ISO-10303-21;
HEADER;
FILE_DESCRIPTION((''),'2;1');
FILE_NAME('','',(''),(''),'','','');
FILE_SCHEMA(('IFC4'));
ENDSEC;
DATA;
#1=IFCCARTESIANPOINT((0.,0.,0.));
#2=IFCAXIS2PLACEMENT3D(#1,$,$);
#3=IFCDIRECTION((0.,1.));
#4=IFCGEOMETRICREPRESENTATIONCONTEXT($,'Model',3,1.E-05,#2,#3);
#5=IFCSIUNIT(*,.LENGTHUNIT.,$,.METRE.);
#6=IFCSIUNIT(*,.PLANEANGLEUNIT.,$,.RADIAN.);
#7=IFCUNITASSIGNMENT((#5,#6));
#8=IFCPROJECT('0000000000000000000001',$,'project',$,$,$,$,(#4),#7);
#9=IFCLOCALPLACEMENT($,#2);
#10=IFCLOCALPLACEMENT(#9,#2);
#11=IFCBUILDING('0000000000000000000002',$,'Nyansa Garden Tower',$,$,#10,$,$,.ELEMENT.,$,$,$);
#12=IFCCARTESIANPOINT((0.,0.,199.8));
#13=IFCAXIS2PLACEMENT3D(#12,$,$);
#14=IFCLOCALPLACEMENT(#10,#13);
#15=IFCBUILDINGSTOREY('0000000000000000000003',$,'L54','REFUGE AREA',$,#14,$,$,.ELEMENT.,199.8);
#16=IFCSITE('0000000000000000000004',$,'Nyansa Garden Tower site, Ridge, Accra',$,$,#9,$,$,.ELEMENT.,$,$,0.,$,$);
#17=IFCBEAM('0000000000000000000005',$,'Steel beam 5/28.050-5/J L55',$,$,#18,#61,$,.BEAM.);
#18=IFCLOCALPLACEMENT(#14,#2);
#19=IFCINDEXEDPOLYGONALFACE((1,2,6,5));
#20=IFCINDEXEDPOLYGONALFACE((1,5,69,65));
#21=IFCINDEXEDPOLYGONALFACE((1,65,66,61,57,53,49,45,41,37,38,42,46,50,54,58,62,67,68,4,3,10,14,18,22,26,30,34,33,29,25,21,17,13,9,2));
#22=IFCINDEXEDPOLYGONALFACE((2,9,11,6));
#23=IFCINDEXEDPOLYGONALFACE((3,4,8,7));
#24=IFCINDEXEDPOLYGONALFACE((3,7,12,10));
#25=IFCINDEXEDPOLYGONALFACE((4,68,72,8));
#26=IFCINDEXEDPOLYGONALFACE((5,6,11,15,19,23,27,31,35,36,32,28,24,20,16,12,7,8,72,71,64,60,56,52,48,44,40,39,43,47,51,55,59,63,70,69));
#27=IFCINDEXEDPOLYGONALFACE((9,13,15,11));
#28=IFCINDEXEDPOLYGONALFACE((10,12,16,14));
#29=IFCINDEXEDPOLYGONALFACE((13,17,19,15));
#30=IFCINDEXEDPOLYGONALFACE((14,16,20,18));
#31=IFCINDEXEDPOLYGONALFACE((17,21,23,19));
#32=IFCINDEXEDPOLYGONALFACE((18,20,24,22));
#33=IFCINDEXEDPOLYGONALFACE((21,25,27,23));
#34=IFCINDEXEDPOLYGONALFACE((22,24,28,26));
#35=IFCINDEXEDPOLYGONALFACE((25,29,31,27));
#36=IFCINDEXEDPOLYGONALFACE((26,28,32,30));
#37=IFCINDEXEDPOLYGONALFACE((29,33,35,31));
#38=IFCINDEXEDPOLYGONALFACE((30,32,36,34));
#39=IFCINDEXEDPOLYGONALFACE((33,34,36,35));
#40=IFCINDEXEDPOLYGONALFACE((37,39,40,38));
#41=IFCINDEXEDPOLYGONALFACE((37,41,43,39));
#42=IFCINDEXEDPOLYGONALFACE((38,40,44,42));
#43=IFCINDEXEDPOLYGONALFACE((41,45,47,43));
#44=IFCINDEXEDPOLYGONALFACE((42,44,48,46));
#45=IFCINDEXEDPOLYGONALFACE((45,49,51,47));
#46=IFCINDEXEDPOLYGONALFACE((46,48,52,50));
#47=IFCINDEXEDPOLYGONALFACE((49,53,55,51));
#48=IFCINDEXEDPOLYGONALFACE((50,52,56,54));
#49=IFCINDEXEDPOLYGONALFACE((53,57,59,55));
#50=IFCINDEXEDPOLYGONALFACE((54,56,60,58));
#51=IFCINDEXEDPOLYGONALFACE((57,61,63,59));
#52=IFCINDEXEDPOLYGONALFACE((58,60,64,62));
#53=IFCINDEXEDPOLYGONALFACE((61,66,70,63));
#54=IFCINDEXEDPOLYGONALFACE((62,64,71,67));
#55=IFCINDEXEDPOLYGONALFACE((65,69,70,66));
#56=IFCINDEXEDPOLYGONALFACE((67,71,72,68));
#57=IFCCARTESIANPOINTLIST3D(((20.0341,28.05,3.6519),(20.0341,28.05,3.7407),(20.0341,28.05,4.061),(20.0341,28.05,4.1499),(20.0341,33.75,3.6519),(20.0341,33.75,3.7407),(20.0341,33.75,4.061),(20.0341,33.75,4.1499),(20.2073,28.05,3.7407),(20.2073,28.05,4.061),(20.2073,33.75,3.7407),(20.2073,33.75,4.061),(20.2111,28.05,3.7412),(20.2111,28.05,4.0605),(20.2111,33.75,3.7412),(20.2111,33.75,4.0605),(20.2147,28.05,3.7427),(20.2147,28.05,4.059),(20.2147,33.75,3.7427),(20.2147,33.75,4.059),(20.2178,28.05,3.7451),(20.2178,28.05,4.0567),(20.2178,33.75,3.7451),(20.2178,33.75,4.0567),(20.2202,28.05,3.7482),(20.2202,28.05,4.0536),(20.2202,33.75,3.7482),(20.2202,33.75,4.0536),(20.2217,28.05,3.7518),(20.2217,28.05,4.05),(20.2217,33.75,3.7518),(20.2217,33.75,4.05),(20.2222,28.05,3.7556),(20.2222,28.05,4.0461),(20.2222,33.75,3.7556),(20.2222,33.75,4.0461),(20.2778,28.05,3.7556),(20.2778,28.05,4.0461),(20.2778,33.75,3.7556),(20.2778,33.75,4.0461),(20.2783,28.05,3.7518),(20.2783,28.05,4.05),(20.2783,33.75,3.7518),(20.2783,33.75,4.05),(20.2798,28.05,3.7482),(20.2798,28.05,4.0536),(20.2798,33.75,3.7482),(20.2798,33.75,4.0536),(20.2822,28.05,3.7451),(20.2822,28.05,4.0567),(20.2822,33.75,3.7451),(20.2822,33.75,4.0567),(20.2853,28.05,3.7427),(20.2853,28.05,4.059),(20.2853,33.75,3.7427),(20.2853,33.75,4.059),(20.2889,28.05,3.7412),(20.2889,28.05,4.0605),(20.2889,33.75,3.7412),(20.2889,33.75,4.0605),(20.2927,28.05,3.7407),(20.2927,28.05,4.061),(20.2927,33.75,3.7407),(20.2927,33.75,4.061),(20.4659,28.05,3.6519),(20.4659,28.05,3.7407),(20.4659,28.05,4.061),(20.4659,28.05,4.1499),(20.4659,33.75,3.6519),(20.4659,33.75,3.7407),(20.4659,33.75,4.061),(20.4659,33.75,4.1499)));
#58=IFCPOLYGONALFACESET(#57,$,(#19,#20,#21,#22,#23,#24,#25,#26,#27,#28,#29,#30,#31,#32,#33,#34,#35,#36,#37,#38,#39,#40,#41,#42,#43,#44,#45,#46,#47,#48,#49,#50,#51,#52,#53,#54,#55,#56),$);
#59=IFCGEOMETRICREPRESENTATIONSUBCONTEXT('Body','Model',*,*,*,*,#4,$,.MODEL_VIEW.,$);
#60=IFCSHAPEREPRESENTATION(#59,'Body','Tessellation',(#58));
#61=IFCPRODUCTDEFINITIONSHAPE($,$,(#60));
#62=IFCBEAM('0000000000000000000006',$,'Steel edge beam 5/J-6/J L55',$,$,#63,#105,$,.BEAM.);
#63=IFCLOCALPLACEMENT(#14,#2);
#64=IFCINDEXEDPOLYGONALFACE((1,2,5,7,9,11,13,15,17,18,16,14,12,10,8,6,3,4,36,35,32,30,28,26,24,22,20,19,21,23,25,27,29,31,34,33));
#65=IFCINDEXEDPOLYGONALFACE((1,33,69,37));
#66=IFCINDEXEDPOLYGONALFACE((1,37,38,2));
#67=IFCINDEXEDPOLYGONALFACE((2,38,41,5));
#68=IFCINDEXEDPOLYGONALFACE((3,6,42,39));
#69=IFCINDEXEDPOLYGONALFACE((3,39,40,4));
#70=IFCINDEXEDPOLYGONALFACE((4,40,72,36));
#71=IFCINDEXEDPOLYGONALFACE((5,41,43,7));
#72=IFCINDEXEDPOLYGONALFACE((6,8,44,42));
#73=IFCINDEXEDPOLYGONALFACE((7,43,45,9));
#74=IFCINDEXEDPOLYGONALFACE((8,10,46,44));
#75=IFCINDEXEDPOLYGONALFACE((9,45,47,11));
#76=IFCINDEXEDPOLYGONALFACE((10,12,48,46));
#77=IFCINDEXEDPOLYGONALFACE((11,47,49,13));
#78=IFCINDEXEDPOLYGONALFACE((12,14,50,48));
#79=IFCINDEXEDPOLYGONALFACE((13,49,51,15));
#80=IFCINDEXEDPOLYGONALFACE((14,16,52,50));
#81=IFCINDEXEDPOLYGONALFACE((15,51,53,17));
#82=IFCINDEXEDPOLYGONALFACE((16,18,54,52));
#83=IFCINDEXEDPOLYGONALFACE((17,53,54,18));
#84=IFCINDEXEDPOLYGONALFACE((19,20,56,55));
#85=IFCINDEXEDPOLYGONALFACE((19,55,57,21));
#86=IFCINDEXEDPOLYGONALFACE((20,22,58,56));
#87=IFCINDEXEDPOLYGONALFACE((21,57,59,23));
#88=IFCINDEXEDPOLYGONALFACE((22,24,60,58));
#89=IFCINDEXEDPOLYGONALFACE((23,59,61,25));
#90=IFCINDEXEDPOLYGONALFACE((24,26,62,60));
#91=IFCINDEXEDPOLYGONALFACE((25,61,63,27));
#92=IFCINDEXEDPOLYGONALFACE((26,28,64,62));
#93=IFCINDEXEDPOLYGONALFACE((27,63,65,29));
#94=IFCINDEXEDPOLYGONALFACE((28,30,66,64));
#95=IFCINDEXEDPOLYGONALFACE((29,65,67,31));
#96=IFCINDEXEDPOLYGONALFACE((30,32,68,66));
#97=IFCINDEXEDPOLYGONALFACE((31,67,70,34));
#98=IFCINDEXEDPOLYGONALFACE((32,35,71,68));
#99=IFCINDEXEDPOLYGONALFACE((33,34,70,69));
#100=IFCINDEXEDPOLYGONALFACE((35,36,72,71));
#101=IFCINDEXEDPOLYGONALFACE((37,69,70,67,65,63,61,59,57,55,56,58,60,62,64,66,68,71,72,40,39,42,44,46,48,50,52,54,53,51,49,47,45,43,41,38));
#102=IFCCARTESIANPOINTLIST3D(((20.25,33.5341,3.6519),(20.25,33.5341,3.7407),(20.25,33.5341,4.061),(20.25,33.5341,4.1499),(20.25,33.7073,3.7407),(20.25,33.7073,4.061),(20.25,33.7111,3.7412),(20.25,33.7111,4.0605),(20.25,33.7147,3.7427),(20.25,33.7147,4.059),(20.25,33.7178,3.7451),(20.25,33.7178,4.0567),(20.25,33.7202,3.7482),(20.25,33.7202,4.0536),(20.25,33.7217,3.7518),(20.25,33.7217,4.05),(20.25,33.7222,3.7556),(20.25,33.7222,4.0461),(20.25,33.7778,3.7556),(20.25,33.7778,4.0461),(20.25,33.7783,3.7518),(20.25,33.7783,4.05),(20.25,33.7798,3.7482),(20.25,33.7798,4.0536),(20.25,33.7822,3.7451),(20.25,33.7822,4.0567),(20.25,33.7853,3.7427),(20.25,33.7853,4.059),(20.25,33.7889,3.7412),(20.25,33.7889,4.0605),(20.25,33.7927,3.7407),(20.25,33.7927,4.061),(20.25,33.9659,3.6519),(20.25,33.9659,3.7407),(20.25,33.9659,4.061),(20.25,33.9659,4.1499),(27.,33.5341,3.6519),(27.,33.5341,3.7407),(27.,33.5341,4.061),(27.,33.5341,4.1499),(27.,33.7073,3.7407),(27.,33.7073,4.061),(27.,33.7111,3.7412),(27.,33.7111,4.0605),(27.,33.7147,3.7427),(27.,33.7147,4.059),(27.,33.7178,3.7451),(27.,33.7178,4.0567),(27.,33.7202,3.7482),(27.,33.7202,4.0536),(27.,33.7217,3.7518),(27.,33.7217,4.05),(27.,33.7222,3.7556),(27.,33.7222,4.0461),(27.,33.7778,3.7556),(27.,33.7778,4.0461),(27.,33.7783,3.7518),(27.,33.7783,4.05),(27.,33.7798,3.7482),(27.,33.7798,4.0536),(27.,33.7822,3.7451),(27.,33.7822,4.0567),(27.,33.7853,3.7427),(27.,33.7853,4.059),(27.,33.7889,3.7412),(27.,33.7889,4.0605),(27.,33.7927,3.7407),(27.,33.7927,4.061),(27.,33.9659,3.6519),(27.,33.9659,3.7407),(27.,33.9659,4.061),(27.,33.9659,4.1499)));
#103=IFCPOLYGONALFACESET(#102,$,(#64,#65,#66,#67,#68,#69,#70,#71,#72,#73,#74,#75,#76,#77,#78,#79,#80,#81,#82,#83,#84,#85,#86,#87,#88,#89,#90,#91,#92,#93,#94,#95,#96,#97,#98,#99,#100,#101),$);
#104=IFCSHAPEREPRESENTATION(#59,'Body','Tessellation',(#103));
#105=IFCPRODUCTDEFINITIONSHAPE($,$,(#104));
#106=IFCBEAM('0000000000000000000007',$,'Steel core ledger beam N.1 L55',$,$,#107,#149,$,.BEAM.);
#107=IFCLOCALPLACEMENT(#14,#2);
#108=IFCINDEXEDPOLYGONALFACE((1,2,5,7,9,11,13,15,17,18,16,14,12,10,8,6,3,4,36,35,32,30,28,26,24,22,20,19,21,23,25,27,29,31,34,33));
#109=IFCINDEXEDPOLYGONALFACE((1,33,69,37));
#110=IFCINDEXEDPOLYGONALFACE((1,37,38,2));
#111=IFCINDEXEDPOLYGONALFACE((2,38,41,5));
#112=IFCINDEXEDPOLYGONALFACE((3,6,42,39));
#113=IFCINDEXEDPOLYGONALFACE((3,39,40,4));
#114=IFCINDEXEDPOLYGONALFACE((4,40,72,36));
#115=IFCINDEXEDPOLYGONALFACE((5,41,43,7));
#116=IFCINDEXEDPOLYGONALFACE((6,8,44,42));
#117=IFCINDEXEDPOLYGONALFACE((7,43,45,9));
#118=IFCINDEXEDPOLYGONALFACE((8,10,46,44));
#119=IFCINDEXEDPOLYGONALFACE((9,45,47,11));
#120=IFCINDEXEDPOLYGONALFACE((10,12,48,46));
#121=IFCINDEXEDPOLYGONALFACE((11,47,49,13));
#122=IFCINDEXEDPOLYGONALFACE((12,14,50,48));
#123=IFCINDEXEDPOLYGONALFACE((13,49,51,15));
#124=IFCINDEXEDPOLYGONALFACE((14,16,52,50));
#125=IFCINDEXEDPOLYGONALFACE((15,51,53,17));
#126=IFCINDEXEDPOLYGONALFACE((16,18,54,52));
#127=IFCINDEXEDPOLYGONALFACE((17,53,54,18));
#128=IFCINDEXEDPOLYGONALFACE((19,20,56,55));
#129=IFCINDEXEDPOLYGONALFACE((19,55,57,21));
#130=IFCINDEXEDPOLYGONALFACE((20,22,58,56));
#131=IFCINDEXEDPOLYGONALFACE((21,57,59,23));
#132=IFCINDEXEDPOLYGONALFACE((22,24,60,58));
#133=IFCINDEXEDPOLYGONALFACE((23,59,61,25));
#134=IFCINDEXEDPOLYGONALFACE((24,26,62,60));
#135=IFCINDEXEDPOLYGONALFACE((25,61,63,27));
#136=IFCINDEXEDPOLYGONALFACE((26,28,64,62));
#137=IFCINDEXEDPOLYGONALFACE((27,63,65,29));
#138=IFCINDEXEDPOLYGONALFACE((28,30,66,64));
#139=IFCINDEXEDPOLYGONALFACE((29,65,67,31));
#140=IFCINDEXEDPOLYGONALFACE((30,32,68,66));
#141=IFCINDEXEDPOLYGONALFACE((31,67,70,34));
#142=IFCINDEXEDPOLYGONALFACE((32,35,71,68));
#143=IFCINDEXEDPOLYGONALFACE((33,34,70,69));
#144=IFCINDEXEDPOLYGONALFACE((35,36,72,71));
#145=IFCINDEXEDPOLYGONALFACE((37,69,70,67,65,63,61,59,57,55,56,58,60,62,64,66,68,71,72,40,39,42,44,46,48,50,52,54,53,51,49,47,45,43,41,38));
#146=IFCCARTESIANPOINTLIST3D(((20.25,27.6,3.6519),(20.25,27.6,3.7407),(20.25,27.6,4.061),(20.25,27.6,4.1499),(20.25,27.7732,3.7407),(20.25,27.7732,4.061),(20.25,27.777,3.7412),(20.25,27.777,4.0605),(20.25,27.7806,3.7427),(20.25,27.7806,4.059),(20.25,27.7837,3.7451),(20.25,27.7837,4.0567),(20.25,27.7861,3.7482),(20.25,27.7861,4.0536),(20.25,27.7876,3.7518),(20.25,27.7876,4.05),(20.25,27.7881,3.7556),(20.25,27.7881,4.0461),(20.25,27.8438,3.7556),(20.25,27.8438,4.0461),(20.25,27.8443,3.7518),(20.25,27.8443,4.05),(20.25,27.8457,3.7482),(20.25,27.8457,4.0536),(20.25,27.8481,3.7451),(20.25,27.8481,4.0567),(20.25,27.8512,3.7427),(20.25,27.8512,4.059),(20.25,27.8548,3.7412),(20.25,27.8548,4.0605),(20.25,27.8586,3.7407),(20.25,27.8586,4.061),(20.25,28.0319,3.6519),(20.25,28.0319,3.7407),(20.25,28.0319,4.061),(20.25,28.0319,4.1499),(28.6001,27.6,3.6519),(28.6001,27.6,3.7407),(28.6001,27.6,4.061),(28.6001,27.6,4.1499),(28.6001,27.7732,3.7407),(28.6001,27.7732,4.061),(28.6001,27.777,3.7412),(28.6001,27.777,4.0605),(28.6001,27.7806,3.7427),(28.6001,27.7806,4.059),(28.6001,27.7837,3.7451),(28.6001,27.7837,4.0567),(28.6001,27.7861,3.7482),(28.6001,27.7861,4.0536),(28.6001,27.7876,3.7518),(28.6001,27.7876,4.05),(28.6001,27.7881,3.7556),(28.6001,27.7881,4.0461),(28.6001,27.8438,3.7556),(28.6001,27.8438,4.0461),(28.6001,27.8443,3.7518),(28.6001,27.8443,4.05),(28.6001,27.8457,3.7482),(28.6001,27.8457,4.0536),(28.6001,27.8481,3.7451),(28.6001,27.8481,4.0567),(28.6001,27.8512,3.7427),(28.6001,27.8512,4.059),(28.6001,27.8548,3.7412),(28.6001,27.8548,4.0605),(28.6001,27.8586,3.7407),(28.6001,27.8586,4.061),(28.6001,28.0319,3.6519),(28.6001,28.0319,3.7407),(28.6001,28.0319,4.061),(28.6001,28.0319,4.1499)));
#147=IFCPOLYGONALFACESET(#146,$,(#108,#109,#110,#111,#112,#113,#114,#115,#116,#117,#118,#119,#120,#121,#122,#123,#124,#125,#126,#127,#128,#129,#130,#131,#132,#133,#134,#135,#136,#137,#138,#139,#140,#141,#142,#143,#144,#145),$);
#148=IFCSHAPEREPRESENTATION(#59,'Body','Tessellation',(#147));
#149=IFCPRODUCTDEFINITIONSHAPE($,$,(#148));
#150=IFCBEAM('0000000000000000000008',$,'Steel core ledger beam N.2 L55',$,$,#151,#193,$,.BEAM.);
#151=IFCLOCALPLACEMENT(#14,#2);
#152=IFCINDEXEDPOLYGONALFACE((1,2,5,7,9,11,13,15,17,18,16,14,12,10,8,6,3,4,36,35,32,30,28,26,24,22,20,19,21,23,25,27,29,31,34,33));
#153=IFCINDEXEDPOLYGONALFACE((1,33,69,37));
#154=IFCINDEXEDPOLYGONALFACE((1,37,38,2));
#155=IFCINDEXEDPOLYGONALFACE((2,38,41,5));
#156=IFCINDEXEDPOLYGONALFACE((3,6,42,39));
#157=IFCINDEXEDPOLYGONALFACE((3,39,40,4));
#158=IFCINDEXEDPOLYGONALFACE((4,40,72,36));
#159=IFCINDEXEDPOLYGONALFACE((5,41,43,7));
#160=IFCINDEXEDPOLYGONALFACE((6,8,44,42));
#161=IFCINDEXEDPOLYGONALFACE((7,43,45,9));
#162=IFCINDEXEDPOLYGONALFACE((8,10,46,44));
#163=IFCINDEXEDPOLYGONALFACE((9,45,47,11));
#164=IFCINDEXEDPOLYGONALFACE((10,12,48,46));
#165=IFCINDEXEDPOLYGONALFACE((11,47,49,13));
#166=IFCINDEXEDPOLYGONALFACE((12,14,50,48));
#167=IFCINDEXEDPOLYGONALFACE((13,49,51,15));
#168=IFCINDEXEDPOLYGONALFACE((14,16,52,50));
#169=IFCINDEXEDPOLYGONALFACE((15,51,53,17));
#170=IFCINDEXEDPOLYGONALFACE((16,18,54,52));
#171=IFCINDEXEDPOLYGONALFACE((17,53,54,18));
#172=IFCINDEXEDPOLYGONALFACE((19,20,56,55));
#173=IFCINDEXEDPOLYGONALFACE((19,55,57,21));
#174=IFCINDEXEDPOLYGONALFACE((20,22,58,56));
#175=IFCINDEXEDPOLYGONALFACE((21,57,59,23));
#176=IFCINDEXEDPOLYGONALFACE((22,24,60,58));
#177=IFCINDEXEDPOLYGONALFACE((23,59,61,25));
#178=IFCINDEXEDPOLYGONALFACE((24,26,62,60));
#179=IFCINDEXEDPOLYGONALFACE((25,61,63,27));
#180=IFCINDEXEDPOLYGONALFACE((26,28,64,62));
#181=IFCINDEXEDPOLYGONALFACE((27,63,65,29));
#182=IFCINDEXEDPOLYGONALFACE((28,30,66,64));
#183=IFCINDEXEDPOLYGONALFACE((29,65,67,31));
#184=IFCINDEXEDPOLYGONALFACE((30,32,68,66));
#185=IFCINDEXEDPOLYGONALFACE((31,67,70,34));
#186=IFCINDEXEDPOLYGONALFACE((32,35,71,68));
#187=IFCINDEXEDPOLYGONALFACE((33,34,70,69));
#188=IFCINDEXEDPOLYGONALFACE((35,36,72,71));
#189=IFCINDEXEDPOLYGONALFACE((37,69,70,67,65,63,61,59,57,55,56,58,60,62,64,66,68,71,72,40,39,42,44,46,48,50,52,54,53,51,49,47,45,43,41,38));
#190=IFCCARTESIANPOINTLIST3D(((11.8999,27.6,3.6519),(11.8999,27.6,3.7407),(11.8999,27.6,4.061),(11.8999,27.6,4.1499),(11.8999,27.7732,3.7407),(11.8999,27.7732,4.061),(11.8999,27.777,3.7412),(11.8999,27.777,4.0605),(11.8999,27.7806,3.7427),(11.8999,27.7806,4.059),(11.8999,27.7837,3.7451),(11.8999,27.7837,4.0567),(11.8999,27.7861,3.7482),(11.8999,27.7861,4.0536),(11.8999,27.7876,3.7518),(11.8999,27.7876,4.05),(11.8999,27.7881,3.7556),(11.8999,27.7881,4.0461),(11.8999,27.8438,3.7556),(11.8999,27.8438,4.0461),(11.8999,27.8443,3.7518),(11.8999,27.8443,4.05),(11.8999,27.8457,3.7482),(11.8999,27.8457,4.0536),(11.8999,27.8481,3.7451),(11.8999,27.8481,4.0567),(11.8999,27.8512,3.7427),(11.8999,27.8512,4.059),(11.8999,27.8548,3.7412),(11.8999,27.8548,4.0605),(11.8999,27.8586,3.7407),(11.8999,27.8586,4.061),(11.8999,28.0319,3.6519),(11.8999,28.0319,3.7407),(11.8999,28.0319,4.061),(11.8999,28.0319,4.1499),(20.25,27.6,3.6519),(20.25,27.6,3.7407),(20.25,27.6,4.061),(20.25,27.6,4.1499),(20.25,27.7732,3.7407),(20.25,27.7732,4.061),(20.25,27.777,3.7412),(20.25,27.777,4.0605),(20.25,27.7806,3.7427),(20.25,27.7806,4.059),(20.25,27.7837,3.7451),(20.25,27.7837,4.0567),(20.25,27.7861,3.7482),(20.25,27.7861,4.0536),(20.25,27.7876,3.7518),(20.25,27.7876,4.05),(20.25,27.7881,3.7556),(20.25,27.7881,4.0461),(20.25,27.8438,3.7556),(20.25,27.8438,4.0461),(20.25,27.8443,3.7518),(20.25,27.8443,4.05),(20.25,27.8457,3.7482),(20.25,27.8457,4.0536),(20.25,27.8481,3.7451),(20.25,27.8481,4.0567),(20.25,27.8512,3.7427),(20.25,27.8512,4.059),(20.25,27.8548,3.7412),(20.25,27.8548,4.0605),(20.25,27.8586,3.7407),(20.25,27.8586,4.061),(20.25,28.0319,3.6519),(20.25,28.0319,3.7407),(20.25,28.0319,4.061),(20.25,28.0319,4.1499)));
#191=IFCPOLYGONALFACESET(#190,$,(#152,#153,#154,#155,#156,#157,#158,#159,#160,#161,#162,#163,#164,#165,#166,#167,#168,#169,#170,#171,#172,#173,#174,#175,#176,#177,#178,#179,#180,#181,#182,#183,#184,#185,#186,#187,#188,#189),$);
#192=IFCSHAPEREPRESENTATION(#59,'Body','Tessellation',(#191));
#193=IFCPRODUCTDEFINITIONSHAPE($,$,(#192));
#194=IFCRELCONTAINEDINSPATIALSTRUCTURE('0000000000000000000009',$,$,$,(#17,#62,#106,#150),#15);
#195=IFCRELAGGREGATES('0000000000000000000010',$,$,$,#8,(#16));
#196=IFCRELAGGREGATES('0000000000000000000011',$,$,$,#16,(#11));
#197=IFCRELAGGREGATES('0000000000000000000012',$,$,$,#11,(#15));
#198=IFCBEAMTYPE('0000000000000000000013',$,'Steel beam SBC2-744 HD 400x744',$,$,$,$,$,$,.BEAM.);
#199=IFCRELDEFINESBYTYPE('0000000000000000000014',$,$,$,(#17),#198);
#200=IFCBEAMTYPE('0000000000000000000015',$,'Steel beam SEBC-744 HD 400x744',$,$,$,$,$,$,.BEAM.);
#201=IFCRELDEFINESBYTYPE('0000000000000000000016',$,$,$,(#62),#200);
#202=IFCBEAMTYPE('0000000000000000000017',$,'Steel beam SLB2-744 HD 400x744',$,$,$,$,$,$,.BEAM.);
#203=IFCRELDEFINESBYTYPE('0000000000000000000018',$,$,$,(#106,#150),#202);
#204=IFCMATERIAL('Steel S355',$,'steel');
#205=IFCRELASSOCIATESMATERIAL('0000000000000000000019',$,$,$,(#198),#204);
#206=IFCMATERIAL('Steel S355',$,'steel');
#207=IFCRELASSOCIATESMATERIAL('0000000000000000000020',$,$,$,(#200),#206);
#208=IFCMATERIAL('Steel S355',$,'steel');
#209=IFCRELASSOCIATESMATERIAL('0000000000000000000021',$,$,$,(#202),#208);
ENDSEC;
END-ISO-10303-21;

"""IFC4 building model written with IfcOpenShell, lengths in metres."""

from ifc_helpers import new_model, si_unit, direction, frame, origin, origin_2d, place, context, subcontext, project, spatial, i_section, extrude, material, material_profile, profile_set, type_object, element, save


model = new_model("IFC4")

# Units and contexts
model_context = context("Model", 3, precision=1e-05, world=origin(), true_north=direction((0.0, 1.0)))
body_context = subcontext(model_context, "Body", "Model", "MODEL_VIEW")
ifc_project = project(units=[si_unit("LENGTHUNIT", "METRE"), si_unit("PLANEANGLEUNIT", "RADIAN")], contexts=[model_context])

# Site, building, storey
site_placement = place(None, origin())
site = spatial("IfcSite", under=ifc_project, at=site_placement, Name="Nyansa Garden Tower site, Ridge, Accra", CompositionType="ELEMENT", RefElevation=0.0)
building_placement = place(site_placement, origin())
building = spatial("IfcBuilding", under=site, at=building_placement, Name="Nyansa Garden Tower", CompositionType="ELEMENT")
storey_placement = place(building_placement, frame((0.0, 0.0, 199.8)))
storey = spatial("IfcBuildingStorey", under=building, at=storey_placement, Name="L54", Description="REFUGE AREA", CompositionType="ELEMENT", Elevation=199.8)

# Beams
ifc_material_1 = material(Name="Steel S355", Category="steel")
ifc_material_profile_1 = material_profile(ifc_material_1, i_section(OverallWidth=0.4319, OverallDepth=0.498, WebThickness=0.0557, FlangeThickness=0.0889, FilletRadius=0.0149, at=origin_2d()), Name="HD 400x744")
ifc_profile_set_1 = profile_set([ifc_material_profile_1], Name="Steel S355")
beam_type_1 = type_object("IfcBeamType", Name="Steel beam SBC2-744 HD 400x744", PredefinedType="BEAM", material=ifc_profile_set_1)
beam_1_placement = place(storey_placement, frame((20.25, 28.05, 3.9009), z_axis=(0.0, 1.0, 0.0), x_axis=(-1.0, 0.0, 0.0)))
element("IfcBeam", 1, at=beam_1_placement, inside=storey, type_object=beam_type_1, Name="Steel beam 5/28.050-5/J L55", PredefinedType="BEAM", context=body_context, shape_type="SweptSolid", body=[
    extrude(i_section(OverallWidth=0.4319, OverallDepth=0.498, WebThickness=0.0557, FlangeThickness=0.0889, FilletRadius=0.0149, at=origin_2d()), origin(), (0.0, 0.0, 1.0), 5.7),
])
ifc_material_2 = material(Name="Steel S355", Category="steel")
ifc_material_profile_2 = material_profile(ifc_material_2, i_section(OverallWidth=0.4319, OverallDepth=0.498, WebThickness=0.0557, FlangeThickness=0.0889, FilletRadius=0.0149, at=origin_2d()), Name="HD 400x744")
ifc_profile_set_2 = profile_set([ifc_material_profile_2], Name="Steel S355")
beam_type_2 = type_object("IfcBeamType", Name="Steel beam SEBC-744 HD 400x744", PredefinedType="BEAM", material=ifc_profile_set_2)
beam_2_placement = place(storey_placement, frame((20.25, 33.75, 3.9009), z_axis=(1.0, 0.0, 0.0), x_axis=(0.0, 1.0, 0.0)))
element("IfcBeam", 2, at=beam_2_placement, inside=storey, type_object=beam_type_2, Name="Steel edge beam 5/J-6/J L55", PredefinedType="BEAM", context=body_context, shape_type="SweptSolid", body=[
    extrude(i_section(OverallWidth=0.4319, OverallDepth=0.498, WebThickness=0.0557, FlangeThickness=0.0889, FilletRadius=0.0149, at=origin_2d()), origin(), (0.0, 0.0, 1.0), 6.75),
])
ifc_material_3 = material(Name="Steel S355", Category="steel")
ifc_material_profile_3 = material_profile(ifc_material_3, i_section(OverallWidth=0.4319, OverallDepth=0.498, WebThickness=0.0557, FlangeThickness=0.0889, FilletRadius=0.0149, at=origin_2d()), Name="HD 400x744")
ifc_profile_set_3 = profile_set([ifc_material_profile_3], Name="Steel S355")
beam_type_3 = type_object("IfcBeamType", Name="Steel beam SLB2-744 HD 400x744", PredefinedType="BEAM", material=ifc_profile_set_3)
for number, where, z_axis, x_axis, name in (
    (3, (28.6001, 27.8159, 3.9009), (-1.0, 0.0, 0.0), (0.0, -1.0, 0.0), "Steel core ledger beam N.1 L55"),
    (4, (20.25, 27.8159, 3.9009), (-1.0, 0.0, 0.0), (0.0, -1.0, 0.0), "Steel core ledger beam N.2 L55"),
):
    element("IfcBeam", number, at=place(storey_placement, frame(where, z_axis=z_axis, x_axis=x_axis)), inside=storey, type_object=beam_type_3, Name=name, PredefinedType="BEAM", context=body_context, shape_type="SweptSolid", body=[
        extrude(i_section(OverallWidth=0.4319, OverallDepth=0.498, WebThickness=0.0557, FlangeThickness=0.0889, FilletRadius=0.0149, at=origin_2d()), origin(), (0.0, 0.0, 1.0), 8.3501),
    ])

save(model, "model.ifc")
